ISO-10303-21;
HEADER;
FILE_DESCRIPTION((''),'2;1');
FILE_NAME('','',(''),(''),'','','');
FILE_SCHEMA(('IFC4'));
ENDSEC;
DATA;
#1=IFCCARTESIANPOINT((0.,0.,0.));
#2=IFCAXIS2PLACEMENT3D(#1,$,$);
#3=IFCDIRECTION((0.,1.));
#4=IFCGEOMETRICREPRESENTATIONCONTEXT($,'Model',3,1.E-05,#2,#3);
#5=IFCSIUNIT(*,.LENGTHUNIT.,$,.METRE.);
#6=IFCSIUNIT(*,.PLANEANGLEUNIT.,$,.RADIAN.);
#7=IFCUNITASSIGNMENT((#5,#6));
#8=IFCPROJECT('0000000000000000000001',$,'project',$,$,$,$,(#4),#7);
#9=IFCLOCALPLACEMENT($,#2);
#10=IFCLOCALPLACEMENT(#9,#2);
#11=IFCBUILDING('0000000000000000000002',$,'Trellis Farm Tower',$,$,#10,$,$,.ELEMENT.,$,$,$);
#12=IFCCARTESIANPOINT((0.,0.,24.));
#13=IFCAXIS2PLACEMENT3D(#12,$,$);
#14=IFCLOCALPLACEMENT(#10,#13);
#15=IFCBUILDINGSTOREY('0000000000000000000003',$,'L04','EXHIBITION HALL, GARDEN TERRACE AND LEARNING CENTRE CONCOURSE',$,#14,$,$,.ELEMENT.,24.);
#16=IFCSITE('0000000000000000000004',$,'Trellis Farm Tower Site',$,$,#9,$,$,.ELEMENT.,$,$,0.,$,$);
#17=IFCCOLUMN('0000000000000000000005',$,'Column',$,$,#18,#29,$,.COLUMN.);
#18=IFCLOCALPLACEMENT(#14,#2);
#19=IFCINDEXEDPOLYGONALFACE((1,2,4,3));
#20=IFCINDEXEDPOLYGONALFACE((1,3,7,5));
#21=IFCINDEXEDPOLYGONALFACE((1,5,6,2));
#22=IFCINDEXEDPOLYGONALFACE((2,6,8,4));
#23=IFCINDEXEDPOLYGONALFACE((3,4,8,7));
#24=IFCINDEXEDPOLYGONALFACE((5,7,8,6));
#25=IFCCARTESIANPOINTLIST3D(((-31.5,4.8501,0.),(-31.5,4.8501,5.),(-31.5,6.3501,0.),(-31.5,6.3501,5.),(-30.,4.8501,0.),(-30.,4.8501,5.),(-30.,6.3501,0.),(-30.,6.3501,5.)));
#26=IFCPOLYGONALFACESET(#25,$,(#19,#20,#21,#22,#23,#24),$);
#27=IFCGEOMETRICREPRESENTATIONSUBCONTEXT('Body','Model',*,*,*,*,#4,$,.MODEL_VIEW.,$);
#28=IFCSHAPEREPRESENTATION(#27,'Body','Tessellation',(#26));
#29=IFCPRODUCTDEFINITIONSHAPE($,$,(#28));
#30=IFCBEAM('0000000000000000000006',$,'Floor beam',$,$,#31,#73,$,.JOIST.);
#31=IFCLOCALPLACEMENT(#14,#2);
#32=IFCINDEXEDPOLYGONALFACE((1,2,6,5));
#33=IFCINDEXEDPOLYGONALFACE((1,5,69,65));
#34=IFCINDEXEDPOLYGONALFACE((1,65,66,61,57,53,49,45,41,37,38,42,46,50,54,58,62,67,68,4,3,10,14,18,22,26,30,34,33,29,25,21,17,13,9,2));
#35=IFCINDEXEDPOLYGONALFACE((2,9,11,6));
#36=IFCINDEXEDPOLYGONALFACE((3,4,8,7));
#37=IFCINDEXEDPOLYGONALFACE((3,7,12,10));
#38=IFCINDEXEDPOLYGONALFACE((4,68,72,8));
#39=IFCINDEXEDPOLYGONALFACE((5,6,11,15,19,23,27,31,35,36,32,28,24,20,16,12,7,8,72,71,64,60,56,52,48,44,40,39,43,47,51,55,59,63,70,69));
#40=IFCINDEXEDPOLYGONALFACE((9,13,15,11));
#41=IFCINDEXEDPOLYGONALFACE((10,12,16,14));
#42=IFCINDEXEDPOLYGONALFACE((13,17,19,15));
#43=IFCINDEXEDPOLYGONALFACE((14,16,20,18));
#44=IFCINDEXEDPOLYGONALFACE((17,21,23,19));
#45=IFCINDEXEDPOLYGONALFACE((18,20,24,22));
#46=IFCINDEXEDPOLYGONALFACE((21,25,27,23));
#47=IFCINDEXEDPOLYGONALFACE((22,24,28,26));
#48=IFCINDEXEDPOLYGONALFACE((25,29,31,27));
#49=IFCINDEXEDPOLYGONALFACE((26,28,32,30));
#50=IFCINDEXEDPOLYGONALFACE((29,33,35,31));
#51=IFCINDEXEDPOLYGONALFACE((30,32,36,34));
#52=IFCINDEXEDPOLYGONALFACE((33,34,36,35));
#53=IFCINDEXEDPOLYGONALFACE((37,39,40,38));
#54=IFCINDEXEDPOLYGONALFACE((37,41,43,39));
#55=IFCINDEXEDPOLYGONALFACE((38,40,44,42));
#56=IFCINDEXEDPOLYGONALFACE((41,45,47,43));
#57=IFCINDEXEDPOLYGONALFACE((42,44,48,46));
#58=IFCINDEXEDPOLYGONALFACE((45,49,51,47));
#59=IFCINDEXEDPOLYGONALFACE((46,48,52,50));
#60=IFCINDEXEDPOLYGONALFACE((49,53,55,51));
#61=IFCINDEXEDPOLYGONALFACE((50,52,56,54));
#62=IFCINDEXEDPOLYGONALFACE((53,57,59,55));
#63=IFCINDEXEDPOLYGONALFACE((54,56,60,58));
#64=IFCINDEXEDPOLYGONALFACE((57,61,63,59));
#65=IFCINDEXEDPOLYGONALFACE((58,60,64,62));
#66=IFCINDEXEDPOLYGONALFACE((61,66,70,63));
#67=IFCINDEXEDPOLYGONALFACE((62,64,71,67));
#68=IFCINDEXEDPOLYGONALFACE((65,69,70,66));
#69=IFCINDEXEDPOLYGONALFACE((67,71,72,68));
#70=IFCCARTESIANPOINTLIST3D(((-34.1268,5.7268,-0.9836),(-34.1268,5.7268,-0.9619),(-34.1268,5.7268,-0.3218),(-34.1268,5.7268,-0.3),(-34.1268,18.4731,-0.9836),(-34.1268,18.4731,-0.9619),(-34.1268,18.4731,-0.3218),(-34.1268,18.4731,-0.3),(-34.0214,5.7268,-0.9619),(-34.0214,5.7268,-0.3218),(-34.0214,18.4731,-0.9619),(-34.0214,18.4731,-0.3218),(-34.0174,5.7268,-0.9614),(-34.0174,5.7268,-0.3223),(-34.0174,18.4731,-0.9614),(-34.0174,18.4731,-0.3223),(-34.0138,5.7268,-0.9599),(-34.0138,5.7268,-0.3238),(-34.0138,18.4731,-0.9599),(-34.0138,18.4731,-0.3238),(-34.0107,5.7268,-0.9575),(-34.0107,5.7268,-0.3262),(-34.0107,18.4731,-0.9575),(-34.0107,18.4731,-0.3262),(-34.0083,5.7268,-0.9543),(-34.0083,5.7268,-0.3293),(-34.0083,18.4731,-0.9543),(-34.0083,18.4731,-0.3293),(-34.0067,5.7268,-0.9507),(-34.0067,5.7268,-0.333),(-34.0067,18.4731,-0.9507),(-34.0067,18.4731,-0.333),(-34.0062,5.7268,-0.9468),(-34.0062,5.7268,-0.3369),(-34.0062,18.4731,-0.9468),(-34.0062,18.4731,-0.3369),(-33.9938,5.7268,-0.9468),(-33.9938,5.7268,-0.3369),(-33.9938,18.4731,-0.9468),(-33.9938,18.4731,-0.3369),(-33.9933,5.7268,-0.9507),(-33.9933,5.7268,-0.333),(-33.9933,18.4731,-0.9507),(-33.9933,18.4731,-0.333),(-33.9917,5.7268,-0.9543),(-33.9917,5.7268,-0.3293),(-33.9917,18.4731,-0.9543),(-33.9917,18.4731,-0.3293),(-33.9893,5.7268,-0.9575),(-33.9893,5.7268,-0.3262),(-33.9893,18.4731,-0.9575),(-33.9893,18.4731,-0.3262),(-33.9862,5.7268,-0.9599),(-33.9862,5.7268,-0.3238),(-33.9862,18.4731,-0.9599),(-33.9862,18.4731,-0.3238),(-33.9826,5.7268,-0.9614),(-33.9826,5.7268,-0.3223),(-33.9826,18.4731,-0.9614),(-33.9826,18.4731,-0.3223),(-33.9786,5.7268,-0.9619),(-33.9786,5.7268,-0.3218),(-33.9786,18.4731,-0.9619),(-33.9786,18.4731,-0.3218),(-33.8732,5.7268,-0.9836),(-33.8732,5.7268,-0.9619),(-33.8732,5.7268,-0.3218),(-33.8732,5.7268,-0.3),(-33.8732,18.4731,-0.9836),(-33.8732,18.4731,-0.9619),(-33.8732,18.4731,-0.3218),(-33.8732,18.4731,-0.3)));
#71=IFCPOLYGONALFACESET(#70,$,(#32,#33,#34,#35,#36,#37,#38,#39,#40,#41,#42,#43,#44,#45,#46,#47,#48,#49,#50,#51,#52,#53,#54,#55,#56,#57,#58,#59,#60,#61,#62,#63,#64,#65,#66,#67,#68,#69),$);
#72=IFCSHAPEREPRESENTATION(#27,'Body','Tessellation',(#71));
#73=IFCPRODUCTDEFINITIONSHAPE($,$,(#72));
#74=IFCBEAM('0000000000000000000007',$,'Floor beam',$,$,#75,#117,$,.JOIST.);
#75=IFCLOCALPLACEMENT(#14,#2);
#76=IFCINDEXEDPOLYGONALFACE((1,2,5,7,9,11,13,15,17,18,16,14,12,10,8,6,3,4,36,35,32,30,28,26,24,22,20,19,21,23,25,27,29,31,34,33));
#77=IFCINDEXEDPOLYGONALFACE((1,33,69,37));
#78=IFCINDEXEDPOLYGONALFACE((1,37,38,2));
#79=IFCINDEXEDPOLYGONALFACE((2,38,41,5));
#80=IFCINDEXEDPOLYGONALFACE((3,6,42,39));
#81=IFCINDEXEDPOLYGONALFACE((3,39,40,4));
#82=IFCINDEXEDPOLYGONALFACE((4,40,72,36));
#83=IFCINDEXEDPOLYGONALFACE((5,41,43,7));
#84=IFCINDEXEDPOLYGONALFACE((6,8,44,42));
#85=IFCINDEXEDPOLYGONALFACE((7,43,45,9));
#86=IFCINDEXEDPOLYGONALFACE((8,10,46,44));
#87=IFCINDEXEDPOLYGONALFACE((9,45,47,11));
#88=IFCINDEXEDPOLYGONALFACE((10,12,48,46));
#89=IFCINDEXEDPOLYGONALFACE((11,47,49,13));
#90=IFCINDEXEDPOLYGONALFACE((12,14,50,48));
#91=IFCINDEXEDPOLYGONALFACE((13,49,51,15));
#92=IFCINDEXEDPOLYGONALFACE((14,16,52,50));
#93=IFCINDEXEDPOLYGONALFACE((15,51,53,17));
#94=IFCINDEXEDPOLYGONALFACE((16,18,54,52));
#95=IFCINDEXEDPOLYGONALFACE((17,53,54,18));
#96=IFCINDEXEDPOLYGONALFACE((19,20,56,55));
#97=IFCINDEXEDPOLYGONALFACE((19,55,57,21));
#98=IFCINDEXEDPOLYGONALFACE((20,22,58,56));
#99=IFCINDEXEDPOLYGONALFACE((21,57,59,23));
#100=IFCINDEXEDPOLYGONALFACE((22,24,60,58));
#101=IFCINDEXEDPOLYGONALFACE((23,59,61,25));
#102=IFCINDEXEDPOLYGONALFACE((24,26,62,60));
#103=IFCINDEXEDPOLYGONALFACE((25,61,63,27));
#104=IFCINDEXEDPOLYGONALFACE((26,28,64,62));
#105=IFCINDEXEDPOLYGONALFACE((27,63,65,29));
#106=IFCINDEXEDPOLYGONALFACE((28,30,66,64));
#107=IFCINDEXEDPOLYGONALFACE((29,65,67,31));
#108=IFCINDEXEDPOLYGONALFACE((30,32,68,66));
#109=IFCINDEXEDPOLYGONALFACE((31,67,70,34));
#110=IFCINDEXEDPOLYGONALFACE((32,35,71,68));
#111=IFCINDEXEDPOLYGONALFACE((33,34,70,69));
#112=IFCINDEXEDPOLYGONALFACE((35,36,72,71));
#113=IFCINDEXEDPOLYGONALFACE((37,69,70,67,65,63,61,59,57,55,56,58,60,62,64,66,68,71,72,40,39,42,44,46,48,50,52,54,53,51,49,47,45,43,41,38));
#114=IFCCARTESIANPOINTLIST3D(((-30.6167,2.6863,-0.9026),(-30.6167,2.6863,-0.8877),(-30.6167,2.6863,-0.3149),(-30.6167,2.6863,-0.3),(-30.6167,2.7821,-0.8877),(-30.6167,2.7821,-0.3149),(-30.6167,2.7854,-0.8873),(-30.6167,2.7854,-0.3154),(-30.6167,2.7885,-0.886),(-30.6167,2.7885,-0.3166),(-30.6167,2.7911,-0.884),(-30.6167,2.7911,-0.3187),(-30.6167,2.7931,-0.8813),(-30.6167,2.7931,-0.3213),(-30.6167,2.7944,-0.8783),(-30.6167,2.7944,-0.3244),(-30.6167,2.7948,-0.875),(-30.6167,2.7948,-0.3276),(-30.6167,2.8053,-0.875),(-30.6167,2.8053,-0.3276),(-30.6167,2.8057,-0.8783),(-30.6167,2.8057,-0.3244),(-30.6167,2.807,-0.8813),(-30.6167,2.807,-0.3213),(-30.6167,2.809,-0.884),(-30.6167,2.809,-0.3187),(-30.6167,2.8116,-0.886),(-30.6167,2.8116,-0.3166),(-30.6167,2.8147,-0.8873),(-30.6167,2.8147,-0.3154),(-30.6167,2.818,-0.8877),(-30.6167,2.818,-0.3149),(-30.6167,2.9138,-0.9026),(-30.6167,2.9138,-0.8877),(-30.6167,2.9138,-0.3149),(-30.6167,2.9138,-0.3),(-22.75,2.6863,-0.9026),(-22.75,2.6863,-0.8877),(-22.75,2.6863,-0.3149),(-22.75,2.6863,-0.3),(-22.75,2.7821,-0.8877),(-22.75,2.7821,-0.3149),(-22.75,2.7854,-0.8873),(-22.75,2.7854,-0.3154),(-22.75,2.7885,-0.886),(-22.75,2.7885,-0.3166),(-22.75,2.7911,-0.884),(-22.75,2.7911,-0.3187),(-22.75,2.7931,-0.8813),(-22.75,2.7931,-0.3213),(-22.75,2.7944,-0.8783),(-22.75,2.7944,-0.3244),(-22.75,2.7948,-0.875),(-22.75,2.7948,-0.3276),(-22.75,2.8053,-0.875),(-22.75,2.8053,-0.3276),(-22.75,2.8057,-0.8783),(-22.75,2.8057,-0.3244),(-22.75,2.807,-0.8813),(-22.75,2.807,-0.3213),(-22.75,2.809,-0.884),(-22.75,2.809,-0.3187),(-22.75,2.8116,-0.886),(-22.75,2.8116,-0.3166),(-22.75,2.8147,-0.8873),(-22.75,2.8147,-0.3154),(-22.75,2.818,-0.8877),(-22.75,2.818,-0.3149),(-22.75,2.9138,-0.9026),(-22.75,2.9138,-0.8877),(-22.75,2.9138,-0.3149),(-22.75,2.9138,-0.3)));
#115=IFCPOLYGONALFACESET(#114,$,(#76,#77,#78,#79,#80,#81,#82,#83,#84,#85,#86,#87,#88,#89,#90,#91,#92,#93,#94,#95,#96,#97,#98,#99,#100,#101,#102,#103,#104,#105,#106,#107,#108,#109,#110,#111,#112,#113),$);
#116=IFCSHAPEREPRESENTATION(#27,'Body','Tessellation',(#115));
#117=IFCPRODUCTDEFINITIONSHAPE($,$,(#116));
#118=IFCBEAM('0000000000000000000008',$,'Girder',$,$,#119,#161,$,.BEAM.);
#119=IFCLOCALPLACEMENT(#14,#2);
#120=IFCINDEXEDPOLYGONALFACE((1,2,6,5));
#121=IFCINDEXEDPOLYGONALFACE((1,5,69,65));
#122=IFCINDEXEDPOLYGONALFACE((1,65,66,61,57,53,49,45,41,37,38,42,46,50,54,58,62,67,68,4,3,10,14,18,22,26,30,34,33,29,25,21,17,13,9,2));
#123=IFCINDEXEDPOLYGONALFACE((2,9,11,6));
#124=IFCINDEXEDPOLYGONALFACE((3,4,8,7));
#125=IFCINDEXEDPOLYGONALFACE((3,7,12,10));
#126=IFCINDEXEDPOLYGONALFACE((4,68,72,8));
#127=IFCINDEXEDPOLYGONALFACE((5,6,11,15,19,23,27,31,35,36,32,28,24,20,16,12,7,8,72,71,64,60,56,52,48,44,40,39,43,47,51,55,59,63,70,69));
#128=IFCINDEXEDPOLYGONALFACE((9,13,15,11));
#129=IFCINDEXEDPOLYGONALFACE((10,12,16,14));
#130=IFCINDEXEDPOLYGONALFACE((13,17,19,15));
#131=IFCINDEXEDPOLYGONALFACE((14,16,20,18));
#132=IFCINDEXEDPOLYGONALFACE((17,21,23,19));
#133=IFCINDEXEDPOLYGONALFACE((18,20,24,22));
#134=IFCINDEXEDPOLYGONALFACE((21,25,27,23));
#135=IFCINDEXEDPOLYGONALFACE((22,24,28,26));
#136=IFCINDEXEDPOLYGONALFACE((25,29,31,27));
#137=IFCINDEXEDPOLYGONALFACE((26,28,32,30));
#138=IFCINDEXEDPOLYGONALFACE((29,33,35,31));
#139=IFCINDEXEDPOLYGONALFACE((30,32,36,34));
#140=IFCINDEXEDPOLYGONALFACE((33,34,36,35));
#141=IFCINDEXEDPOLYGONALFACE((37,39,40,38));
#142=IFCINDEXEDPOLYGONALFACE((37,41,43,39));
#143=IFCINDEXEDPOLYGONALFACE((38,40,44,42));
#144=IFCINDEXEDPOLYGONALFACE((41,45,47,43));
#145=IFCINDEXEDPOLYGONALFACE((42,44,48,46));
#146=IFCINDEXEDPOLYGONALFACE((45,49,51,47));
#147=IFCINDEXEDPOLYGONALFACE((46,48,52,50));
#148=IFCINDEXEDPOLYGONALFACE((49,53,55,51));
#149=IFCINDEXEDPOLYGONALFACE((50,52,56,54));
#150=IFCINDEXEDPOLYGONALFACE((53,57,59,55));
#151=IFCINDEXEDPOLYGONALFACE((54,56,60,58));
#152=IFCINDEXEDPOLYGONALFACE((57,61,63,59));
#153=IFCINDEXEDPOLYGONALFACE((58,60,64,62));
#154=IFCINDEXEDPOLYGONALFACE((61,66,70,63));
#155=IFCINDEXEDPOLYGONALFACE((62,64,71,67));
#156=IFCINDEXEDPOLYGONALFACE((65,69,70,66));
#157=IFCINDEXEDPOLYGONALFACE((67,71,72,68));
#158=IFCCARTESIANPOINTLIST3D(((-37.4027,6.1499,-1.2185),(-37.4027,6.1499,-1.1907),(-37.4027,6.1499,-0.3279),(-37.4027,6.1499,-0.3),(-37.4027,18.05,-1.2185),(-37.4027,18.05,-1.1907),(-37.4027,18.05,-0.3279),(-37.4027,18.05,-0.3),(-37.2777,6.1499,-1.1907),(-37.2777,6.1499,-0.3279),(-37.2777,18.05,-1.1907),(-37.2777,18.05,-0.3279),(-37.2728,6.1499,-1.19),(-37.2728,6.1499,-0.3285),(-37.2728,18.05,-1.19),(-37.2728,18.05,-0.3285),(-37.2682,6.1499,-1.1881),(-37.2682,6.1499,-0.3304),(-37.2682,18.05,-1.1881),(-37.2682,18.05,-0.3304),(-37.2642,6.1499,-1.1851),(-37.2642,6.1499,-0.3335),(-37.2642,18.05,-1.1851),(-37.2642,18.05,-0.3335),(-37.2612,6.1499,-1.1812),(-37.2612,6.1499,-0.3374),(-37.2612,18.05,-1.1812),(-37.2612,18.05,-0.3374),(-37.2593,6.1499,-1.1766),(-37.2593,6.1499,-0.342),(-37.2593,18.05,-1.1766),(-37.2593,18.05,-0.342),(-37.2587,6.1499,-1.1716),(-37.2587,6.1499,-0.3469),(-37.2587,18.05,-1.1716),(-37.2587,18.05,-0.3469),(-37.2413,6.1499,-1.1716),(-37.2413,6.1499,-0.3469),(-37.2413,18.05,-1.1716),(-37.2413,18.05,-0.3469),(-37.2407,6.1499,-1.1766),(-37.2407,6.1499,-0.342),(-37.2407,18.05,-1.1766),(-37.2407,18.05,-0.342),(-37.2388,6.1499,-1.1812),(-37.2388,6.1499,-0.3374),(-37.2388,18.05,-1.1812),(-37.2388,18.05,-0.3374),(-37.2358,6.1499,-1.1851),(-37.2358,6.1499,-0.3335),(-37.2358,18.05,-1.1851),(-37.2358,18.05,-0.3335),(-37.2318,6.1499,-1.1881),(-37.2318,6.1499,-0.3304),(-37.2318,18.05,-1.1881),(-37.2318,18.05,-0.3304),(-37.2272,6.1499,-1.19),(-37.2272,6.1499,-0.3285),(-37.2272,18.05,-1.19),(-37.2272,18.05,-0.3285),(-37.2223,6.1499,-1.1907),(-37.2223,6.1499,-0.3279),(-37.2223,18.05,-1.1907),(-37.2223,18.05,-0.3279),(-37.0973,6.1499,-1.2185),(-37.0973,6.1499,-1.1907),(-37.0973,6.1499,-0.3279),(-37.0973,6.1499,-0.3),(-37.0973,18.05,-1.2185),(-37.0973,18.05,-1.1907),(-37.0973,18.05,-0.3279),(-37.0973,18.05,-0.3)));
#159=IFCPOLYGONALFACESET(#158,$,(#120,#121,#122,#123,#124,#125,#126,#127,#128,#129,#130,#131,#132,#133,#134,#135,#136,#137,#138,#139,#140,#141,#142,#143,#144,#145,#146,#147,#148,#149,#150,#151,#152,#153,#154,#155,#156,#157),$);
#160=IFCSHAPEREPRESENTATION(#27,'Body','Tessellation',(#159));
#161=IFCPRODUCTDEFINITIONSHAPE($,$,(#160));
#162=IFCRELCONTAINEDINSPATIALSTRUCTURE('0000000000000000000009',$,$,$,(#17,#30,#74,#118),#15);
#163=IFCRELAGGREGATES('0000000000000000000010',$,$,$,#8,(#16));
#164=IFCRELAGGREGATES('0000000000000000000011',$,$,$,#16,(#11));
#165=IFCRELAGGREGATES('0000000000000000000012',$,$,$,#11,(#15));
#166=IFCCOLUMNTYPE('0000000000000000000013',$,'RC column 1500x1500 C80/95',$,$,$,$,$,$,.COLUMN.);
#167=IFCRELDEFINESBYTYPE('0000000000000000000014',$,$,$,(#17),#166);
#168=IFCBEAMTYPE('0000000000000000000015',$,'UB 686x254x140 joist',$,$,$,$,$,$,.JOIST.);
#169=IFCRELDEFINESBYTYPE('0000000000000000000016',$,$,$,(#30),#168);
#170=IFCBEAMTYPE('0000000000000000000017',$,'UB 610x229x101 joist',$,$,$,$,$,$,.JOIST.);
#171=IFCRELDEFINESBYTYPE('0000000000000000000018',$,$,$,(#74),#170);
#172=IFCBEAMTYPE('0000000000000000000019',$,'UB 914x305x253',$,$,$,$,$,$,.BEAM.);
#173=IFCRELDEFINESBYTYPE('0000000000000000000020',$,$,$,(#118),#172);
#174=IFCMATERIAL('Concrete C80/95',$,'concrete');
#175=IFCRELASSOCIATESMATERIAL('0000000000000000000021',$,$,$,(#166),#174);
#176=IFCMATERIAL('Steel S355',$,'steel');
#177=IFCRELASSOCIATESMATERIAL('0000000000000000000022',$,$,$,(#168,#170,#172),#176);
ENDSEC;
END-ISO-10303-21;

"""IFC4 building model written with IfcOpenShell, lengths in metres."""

from ifc_helpers import new_model, si_unit, direction, frame, origin, origin_2d, place, context, subcontext, project, spatial, rectangle, i_section, extrude, source, transform, mapped, material, material_profile, profile_set, type_object, element, save


model = new_model("IFC4")

# Units and contexts
model_context = context("Model", 3, precision=1e-05, world=origin(), true_north=direction((0.0, 1.0)))
body_context = subcontext(model_context, "Body", "Model", "MODEL_VIEW")
ifc_project = project(units=[si_unit("LENGTHUNIT", "METRE"), si_unit("PLANEANGLEUNIT", "RADIAN")], contexts=[model_context])

# Site, building, storey
site_placement = place(None, origin())
site = spatial("IfcSite", under=ifc_project, at=site_placement, Name="Trellis Farm Tower Site", CompositionType="ELEMENT", RefElevation=0.0)
building_placement = place(site_placement, origin())
building = spatial("IfcBuilding", under=site, at=building_placement, Name="Trellis Farm Tower", CompositionType="ELEMENT")
storey_placement = place(building_placement, frame((0.0, 0.0, 24.0)))
storey = spatial("IfcBuildingStorey", under=building, at=storey_placement, Name="L04", Description="EXHIBITION HALL, GARDEN TERRACE AND LEARNING CENTRE CONCOURSE", CompositionType="ELEMENT", Elevation=24.0)

# Column
ifc_material_1 = material(Name="Concrete C80/95", Category="concrete")
ifc_material_profile_1 = material_profile(ifc_material_1, rectangle(XDim=1.5, YDim=1.5, at=origin_2d()), Name="RC column 1500x1500 C80/95")
ifc_profile_set_1 = profile_set([ifc_material_profile_1], Name="Concrete C80/95")
column_type = type_object("IfcColumnType", Name="RC column 1500x1500 C80/95", PredefinedType="COLUMN", material=ifc_profile_set_1)
shared_shape_1 = source(origin(), body_context, "Body", "SweptSolid", [
    extrude(rectangle(XDim=1.5, YDim=1.5, at=origin_2d()), origin(), (0.0, 0.0, 1.0), 5.0),
])
column_placement = place(storey_placement, frame((-30.75, 5.6001, 0.0), z_axis=(0.0, 0.0, 1.0), x_axis=(1.0, 0.0, 0.0)))
element("IfcColumn", 1, at=column_placement, inside=storey, type_object=column_type, Name="Column", PredefinedType="COLUMN", context=body_context, shape_type="MappedRepresentation", body=[
    mapped(shared_shape_1, transform((0.0, 0.0, 0.0))),
])

# Beams
ifc_material_2 = material(Name="Steel S355", Category="steel")
ifc_material_profile_2 = material_profile(ifc_material_2, i_section(OverallWidth=0.2537, OverallDepth=0.6836, WebThickness=0.0125, FlangeThickness=0.0217, FilletRadius=0.0151, at=origin_2d()), Name="UB 686x254x140")
ifc_profile_set_2 = profile_set([ifc_material_profile_2], Name="Steel S355")
beam_type_1 = type_object("IfcBeamType", Name="UB 686x254x140 joist", PredefinedType="JOIST", material=ifc_profile_set_2)
shared_shape_2 = source(origin(), body_context, "Body", "SweptSolid", [
    extrude(i_section(OverallWidth=0.2537, OverallDepth=0.6836, WebThickness=0.0125, FlangeThickness=0.0217, FilletRadius=0.0151, at=origin_2d()), origin(), (0.0, 0.0, 1.0), 12.7463),
])
beam_1_placement = place(storey_placement, frame((-34.0, 5.7268, -0.6418), z_axis=(0.0, 1.0, 0.0), x_axis=(-1.0, 0.0, 0.0)))
element("IfcBeam", 2, at=beam_1_placement, inside=storey, type_object=beam_type_1, Name="Floor beam", PredefinedType="JOIST", context=body_context, shape_type="MappedRepresentation", body=[
    mapped(shared_shape_2, transform((0.0, 0.0, 0.0))),
])
ifc_material_profile_3 = material_profile(ifc_material_2, i_section(OverallWidth=0.2275, OverallDepth=0.6025, WebThickness=0.0105, FlangeThickness=0.0149, FilletRadius=0.0127, at=origin_2d()), Name="UB 610x229x101")
ifc_profile_set_3 = profile_set([ifc_material_profile_3], Name="Steel S355")
beam_type_2 = type_object("IfcBeamType", Name="UB 610x229x101 joist", PredefinedType="JOIST", material=ifc_profile_set_3)
shared_shape_3 = source(origin(), body_context, "Body", "SweptSolid", [
    extrude(i_section(OverallWidth=0.2275, OverallDepth=0.6025, WebThickness=0.0105, FlangeThickness=0.0149, FilletRadius=0.0127, at=origin_2d()), origin(), (0.0, 0.0, 1.0), 7.8667),
])
beam_2_placement = place(storey_placement, frame((-30.6167, 2.8, -0.6013), z_axis=(1.0, 0.0, 0.0), x_axis=(0.0, 1.0, 0.0)))
element("IfcBeam", 3, at=beam_2_placement, inside=storey, type_object=beam_type_2, Name="Floor beam", PredefinedType="JOIST", context=body_context, shape_type="MappedRepresentation", body=[
    mapped(shared_shape_3, transform((0.0, 0.0, 0.0))),
])
ifc_material_profile_4 = material_profile(ifc_material_2, i_section(OverallWidth=0.3054, OverallDepth=0.9185, WebThickness=0.0173, FlangeThickness=0.0278, FilletRadius=0.019, at=origin_2d()), Name="UB 914x305x253")
ifc_profile_set_4 = profile_set([ifc_material_profile_4], Name="Steel S355")
beam_type_3 = type_object("IfcBeamType", Name="UB 914x305x253", PredefinedType="BEAM", material=ifc_profile_set_4)
shared_shape_4 = source(origin(), body_context, "Body", "SweptSolid", [
    extrude(i_section(OverallWidth=0.3054, OverallDepth=0.9185, WebThickness=0.0173, FlangeThickness=0.0278, FilletRadius=0.019, at=origin_2d()), origin(), (0.0, 0.0, 1.0), 11.9001),
])
beam_3_placement = place(storey_placement, frame((-37.25, 6.1499, -0.7593), z_axis=(0.0, 1.0, 0.0), x_axis=(-1.0, 0.0, 0.0)))
element("IfcBeam", 4, at=beam_3_placement, inside=storey, type_object=beam_type_3, Name="Girder", PredefinedType="BEAM", context=body_context, shape_type="MappedRepresentation", body=[
    mapped(shared_shape_4, transform((0.0, 0.0, 0.0))),
])

save(model, "model.ifc")
